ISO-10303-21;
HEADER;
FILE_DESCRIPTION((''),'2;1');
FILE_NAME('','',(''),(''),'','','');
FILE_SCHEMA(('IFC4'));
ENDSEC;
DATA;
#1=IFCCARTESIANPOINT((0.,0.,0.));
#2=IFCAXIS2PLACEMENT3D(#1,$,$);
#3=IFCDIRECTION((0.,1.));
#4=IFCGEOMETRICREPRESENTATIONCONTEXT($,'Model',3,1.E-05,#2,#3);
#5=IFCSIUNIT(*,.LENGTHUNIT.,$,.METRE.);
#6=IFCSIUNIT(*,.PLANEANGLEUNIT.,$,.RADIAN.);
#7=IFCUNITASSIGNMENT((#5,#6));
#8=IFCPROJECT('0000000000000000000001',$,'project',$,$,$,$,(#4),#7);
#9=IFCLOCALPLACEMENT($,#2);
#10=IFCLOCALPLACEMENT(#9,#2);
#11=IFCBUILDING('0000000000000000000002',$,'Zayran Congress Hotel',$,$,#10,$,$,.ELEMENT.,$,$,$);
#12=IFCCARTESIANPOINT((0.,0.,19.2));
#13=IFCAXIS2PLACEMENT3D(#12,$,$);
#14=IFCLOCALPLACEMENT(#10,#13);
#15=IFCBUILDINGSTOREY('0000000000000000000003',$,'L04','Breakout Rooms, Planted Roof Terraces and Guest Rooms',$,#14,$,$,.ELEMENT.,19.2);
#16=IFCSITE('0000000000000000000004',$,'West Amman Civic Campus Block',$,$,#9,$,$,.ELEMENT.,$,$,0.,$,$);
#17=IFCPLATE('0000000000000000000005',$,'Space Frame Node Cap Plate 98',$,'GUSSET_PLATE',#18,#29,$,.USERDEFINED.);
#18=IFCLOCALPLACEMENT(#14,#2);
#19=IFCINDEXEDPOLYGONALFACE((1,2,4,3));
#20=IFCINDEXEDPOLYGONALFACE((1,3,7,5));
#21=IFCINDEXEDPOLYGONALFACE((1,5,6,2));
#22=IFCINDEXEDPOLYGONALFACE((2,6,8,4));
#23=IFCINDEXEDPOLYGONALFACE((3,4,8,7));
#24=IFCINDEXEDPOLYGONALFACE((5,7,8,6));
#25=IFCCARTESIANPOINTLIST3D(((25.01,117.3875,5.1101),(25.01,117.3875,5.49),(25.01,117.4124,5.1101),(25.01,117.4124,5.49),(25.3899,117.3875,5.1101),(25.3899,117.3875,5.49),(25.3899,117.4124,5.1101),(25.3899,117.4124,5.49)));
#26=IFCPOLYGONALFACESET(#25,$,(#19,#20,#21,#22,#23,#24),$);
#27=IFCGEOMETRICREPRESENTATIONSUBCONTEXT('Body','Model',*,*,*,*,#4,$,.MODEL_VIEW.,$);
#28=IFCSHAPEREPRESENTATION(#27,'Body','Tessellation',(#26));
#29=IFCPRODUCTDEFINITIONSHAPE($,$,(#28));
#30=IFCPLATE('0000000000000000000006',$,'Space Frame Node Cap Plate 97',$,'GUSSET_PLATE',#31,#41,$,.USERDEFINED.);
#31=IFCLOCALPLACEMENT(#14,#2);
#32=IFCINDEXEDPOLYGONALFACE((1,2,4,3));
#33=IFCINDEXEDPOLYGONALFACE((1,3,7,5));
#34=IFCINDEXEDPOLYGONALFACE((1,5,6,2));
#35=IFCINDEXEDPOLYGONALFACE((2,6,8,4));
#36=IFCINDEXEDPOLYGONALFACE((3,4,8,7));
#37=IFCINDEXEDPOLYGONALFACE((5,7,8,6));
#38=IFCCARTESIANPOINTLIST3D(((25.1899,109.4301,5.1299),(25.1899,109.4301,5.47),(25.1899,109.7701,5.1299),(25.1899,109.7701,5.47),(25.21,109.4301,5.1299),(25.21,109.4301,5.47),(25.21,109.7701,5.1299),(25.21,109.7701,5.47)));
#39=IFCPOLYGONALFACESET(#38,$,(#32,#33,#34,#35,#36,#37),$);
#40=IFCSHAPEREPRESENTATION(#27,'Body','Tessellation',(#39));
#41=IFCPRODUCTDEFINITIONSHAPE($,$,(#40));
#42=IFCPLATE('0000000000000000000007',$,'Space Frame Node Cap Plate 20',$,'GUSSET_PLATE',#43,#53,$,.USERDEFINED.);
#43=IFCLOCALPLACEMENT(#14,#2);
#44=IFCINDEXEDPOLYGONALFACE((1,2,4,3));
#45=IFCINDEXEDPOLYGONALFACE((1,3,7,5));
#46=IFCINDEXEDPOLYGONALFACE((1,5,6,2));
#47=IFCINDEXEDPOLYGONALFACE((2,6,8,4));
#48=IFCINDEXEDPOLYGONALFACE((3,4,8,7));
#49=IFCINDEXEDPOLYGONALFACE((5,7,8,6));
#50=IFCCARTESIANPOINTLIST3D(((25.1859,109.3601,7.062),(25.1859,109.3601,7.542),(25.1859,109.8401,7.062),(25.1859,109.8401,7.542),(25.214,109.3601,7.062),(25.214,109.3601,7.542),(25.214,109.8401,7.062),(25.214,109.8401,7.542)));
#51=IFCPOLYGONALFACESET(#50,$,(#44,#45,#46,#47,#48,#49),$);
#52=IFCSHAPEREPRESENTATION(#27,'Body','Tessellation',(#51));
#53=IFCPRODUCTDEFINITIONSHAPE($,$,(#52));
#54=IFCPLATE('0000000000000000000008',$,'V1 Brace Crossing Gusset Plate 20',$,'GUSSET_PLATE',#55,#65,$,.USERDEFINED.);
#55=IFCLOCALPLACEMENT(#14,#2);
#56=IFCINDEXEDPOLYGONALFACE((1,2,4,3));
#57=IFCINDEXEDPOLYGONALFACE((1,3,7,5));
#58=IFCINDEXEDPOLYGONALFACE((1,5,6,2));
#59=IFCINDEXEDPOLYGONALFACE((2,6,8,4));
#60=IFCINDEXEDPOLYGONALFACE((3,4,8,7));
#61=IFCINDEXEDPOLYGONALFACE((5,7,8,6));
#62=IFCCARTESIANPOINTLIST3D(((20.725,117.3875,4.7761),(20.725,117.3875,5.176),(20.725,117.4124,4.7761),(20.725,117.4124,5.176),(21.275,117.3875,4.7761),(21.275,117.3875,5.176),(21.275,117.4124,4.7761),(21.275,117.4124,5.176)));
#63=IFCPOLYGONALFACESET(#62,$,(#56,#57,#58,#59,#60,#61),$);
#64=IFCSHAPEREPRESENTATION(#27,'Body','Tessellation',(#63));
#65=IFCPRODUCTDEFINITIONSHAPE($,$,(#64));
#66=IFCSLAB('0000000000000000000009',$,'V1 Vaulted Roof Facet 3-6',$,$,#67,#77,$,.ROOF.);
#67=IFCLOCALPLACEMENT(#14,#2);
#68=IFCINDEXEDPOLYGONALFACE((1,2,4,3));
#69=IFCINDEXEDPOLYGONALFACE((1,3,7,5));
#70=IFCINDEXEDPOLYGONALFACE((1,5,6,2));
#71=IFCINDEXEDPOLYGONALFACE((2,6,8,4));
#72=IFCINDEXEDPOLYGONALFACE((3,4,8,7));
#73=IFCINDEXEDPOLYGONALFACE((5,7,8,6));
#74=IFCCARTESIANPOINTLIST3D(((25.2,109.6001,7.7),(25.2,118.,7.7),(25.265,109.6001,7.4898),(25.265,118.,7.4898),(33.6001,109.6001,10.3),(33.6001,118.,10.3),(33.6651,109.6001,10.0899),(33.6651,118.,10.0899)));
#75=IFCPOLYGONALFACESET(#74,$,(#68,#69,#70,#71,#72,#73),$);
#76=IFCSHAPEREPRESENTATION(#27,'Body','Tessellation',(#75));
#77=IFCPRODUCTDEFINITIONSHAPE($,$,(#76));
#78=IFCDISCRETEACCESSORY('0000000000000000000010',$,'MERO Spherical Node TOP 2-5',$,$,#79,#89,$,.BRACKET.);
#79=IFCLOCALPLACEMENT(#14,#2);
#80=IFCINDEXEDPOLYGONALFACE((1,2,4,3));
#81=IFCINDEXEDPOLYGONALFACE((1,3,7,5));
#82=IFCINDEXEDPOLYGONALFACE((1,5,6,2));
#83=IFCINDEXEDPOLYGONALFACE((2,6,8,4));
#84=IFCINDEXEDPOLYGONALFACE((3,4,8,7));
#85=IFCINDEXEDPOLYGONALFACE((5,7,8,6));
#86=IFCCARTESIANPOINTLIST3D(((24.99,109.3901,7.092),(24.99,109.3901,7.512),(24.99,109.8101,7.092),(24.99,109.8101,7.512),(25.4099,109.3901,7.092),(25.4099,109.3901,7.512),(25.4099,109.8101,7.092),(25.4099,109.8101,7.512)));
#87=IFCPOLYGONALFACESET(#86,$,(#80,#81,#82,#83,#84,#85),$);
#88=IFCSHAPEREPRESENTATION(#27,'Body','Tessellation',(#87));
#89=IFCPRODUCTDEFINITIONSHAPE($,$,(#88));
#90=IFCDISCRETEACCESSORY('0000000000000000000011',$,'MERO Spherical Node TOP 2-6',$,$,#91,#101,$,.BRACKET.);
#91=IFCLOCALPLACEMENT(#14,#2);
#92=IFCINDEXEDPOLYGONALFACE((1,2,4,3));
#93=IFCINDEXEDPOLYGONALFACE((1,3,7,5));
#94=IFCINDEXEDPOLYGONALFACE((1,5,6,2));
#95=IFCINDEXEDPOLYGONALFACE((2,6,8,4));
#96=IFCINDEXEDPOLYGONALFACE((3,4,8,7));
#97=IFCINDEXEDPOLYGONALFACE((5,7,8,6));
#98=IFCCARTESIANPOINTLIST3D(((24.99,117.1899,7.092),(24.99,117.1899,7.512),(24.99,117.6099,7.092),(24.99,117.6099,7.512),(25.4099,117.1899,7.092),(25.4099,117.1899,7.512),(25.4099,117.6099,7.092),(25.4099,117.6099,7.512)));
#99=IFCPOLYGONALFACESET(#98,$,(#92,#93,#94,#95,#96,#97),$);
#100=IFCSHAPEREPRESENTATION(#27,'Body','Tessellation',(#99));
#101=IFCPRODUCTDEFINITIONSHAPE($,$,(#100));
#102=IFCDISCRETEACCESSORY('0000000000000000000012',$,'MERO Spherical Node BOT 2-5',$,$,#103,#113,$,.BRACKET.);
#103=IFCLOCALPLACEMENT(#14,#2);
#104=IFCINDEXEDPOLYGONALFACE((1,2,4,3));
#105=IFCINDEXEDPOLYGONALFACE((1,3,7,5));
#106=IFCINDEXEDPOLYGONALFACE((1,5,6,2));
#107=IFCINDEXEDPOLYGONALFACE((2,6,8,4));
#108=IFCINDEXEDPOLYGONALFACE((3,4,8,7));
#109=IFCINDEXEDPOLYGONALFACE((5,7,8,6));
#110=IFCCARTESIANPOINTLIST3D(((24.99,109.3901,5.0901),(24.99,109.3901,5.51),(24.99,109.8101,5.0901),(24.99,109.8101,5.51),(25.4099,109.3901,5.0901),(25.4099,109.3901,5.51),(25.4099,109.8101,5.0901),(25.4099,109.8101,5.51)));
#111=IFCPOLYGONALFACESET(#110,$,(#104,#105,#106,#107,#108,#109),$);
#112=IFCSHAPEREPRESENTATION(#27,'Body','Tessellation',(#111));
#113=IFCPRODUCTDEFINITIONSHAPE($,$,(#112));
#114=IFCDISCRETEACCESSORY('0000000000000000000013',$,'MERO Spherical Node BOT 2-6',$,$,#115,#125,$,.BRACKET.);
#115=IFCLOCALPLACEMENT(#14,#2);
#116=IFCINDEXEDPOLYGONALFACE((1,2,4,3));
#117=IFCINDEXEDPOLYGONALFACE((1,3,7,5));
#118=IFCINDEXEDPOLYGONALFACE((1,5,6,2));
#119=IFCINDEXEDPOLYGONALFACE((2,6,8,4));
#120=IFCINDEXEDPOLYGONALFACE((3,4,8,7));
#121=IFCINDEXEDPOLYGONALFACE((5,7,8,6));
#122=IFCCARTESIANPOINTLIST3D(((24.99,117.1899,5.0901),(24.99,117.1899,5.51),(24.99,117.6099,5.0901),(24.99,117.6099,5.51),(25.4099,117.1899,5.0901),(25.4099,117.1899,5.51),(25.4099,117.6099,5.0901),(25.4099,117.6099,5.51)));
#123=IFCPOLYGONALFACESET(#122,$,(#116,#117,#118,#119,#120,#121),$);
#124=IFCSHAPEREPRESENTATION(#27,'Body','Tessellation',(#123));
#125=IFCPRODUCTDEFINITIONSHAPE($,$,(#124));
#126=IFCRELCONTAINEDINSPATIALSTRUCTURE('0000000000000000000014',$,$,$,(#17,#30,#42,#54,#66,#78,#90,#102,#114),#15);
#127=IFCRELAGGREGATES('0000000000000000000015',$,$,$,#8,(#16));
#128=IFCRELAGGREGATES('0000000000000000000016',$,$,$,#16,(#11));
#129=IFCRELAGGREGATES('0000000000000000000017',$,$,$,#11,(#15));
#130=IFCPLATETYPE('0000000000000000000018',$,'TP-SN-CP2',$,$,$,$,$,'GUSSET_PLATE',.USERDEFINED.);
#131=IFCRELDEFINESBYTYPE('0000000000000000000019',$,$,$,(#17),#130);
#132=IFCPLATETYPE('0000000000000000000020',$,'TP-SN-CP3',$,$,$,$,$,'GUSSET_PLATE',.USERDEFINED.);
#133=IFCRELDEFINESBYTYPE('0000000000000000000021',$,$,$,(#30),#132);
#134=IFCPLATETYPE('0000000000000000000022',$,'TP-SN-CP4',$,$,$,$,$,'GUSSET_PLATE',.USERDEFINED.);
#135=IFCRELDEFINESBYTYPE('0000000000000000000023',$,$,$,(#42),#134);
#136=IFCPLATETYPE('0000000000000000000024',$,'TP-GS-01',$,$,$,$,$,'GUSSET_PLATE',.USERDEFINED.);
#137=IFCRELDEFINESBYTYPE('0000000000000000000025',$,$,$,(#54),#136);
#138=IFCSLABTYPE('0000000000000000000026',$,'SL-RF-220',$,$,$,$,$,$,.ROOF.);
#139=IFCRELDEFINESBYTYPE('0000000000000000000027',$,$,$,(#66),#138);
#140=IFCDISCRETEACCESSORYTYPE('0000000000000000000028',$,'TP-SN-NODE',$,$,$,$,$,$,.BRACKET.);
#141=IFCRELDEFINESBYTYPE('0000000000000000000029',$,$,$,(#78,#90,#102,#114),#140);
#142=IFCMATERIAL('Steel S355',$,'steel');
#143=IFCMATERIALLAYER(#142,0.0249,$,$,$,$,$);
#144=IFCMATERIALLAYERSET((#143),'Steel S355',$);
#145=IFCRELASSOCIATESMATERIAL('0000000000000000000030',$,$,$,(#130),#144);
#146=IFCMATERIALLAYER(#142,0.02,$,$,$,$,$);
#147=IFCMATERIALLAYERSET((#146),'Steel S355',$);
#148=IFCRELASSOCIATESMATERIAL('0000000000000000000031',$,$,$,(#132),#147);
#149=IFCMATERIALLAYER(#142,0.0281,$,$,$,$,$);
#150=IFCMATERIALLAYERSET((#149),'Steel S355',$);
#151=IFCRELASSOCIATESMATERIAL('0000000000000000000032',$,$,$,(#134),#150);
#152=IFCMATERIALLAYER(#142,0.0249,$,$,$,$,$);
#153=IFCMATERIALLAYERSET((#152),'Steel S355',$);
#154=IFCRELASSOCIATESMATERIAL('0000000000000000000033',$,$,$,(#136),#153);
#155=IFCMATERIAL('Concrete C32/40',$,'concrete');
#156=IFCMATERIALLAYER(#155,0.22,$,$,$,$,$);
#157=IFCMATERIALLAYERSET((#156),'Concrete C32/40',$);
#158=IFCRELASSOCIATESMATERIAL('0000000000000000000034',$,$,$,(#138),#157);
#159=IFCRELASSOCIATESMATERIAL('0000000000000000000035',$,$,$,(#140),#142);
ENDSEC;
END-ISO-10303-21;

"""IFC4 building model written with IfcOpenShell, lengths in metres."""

from ifc_helpers import new_model, si_unit, direction, frame, origin, origin_2d, place, context, subcontext, project, spatial, polyline, rectangle, outline, extrude, material, layer, layer_set, type_object, element, save


model = new_model("IFC4")

# Units and contexts
model_context = context("Model", 3, precision=1e-05, world=origin(), true_north=direction((0.0, 1.0)))
body_context = subcontext(model_context, "Body", "Model", "MODEL_VIEW")
ifc_project = project(units=[si_unit("LENGTHUNIT", "METRE"), si_unit("PLANEANGLEUNIT", "RADIAN")], contexts=[model_context])

# Site, building, storey
site_placement = place(None, origin())
site = spatial("IfcSite", under=ifc_project, at=site_placement, Name="West Amman Civic Campus Block", CompositionType="ELEMENT", RefElevation=0.0)
building_placement = place(site_placement, origin())
building = spatial("IfcBuilding", under=site, at=building_placement, Name="Zayran Congress Hotel", CompositionType="ELEMENT")
storey_placement = place(building_placement, frame((0.0, 0.0, 19.2)))
storey = spatial("IfcBuildingStorey", under=building, at=storey_placement, Name="L04", Description="Breakout Rooms, Planted Roof Terraces and Guest Rooms", CompositionType="ELEMENT", Elevation=19.2)

# Shared definitions
ifc_material_1 = material(Name="Steel S355", Category="steel")

# Plates
ifc_layer_1 = layer(ifc_material_1, 0.0249)
ifc_layer_set_1 = layer_set([ifc_layer_1], Name="Steel S355")
plate_type_1 = type_object("IfcPlateType", Name="TP-SN-CP2", ElementType="GUSSET_PLATE", PredefinedType="USERDEFINED", material=ifc_layer_set_1)
plate_1_placement = place(storey_placement, frame((25.2, 117.3999, 5.1101), z_axis=(0.0, 0.0, 1.0), x_axis=(1.0, 0.0, 0.0)))
element("IfcPlate", 1, at=plate_1_placement, inside=storey, type_object=plate_type_1, Name="Space Frame Node Cap Plate 98", ObjectType="GUSSET_PLATE", PredefinedType="USERDEFINED", context=body_context, shape_type="SweptSolid", body=[
    extrude(rectangle(XDim=0.3799, YDim=0.0249, at=origin_2d()), origin(), (0.0, 0.0, 1.0), 0.3799),
])
ifc_layer_2 = layer(ifc_material_1, 0.02)
ifc_layer_set_2 = layer_set([ifc_layer_2], Name="Steel S355")
plate_type_2 = type_object("IfcPlateType", Name="TP-SN-CP3", ElementType="GUSSET_PLATE", PredefinedType="USERDEFINED", material=ifc_layer_set_2)
plate_2_placement = place(storey_placement, frame((25.2, 109.6001, 5.1299), z_axis=(0.0, 0.0, 1.0), x_axis=(0.0, 1.0, 0.0)))
element("IfcPlate", 2, at=plate_2_placement, inside=storey, type_object=plate_type_2, Name="Space Frame Node Cap Plate 97", ObjectType="GUSSET_PLATE", PredefinedType="USERDEFINED", context=body_context, shape_type="SweptSolid", body=[
    extrude(rectangle(XDim=0.3401, YDim=0.02, at=origin_2d()), origin(), (0.0, 0.0, 1.0), 0.3401),
])
ifc_layer_3 = layer(ifc_material_1, 0.0281)
ifc_layer_set_3 = layer_set([ifc_layer_3], Name="Steel S355")
plate_type_3 = type_object("IfcPlateType", Name="TP-SN-CP4", ElementType="GUSSET_PLATE", PredefinedType="USERDEFINED", material=ifc_layer_set_3)
plate_3_placement = place(storey_placement, frame((25.2, 109.6001, 7.062), z_axis=(0.0, 0.0, 1.0), x_axis=(0.0, 1.0, 0.0)))
element("IfcPlate", 3, at=plate_3_placement, inside=storey, type_object=plate_type_3, Name="Space Frame Node Cap Plate 20", ObjectType="GUSSET_PLATE", PredefinedType="USERDEFINED", context=body_context, shape_type="SweptSolid", body=[
    extrude(rectangle(XDim=0.48, YDim=0.0281, at=origin_2d()), origin(), (0.0, 0.0, 1.0), 0.48),
])
ifc_layer_4 = layer(ifc_material_1, 0.0249)
ifc_layer_set_4 = layer_set([ifc_layer_4], Name="Steel S355")
plate_type_4 = type_object("IfcPlateType", Name="TP-GS-01", ElementType="GUSSET_PLATE", PredefinedType="USERDEFINED", material=ifc_layer_set_4)
plate_4_placement = place(storey_placement, frame((21.0, 117.3999, 4.7761), z_axis=(0.0, 0.0, 1.0), x_axis=(1.0, 0.0, 0.0)))
element("IfcPlate", 4, at=plate_4_placement, inside=storey, type_object=plate_type_4, Name="V1 Brace Crossing Gusset Plate 20", ObjectType="GUSSET_PLATE", PredefinedType="USERDEFINED", context=body_context, shape_type="SweptSolid", body=[
    extrude(rectangle(XDim=0.55, YDim=0.0249, at=origin_2d()), origin(), (0.0, 0.0, 1.0), 0.3999),
])

# Slab
ifc_material_2 = material(Name="Concrete C32/40", Category="concrete")
ifc_layer_5 = layer(ifc_material_2, 0.22)
ifc_layer_set_5 = layer_set([ifc_layer_5], Name="Concrete C32/40")
slab_type = type_object("IfcSlabType", Name="SL-RF-220", PredefinedType="ROOF", material=ifc_layer_set_5)
slab_placement = place(storey_placement, frame((25.2, 109.6001, 7.7), z_axis=(-0.295689, 0.0, 0.955284), x_axis=(0.955284, 0.0, 0.295689)))
element("IfcSlab", 5, at=slab_placement, inside=storey, type_object=slab_type, Name="V1 Vaulted Roof Facet 3-6", PredefinedType="ROOF", context=body_context, shape_type="SweptSolid", body=[
    extrude(outline(polyline([(0.0, 0.0), (8.7933, 0.0), (8.7933, 8.3999), (0.0, 8.3999), (0.0, 0.0)])), origin(), (0.0, 0.0, -1.0), 0.22),
])

# Discrete accessories
discrete_accessory_type = type_object("IfcDiscreteAccessoryType", Name="TP-SN-NODE", PredefinedType="BRACKET", material=ifc_material_1)
for number, where, z_axis, x_axis, name in (
    (6, (25.2, 109.6001, 7.092), (0.0, 0.0, 1.0), (1.0, 0.0, 0.0), "MERO Spherical Node TOP 2-5"),
    (7, (25.2, 117.3999, 7.092), (0.0, 0.0, 1.0), (1.0, 0.0, 0.0), "MERO Spherical Node TOP 2-6"),
    (8, (25.2, 109.6001, 5.0901), (0.0, 0.0, 1.0), (1.0, 0.0, 0.0), "MERO Spherical Node BOT 2-5"),
    (9, (25.2, 117.3999, 5.0901), (0.0, 0.0, 1.0), (1.0, 0.0, 0.0), "MERO Spherical Node BOT 2-6"),
):
    element("IfcDiscreteAccessory", number, at=place(storey_placement, frame(where, z_axis=z_axis, x_axis=x_axis)), inside=storey, type_object=discrete_accessory_type, Name=name, PredefinedType="BRACKET", context=body_context, shape_type="SweptSolid", body=[
        extrude(rectangle(XDim=0.4199, YDim=0.4199, at=origin_2d()), origin(), (0.0, 0.0, 1.0), 0.4199),
    ])

save(model, "model.ifc")
